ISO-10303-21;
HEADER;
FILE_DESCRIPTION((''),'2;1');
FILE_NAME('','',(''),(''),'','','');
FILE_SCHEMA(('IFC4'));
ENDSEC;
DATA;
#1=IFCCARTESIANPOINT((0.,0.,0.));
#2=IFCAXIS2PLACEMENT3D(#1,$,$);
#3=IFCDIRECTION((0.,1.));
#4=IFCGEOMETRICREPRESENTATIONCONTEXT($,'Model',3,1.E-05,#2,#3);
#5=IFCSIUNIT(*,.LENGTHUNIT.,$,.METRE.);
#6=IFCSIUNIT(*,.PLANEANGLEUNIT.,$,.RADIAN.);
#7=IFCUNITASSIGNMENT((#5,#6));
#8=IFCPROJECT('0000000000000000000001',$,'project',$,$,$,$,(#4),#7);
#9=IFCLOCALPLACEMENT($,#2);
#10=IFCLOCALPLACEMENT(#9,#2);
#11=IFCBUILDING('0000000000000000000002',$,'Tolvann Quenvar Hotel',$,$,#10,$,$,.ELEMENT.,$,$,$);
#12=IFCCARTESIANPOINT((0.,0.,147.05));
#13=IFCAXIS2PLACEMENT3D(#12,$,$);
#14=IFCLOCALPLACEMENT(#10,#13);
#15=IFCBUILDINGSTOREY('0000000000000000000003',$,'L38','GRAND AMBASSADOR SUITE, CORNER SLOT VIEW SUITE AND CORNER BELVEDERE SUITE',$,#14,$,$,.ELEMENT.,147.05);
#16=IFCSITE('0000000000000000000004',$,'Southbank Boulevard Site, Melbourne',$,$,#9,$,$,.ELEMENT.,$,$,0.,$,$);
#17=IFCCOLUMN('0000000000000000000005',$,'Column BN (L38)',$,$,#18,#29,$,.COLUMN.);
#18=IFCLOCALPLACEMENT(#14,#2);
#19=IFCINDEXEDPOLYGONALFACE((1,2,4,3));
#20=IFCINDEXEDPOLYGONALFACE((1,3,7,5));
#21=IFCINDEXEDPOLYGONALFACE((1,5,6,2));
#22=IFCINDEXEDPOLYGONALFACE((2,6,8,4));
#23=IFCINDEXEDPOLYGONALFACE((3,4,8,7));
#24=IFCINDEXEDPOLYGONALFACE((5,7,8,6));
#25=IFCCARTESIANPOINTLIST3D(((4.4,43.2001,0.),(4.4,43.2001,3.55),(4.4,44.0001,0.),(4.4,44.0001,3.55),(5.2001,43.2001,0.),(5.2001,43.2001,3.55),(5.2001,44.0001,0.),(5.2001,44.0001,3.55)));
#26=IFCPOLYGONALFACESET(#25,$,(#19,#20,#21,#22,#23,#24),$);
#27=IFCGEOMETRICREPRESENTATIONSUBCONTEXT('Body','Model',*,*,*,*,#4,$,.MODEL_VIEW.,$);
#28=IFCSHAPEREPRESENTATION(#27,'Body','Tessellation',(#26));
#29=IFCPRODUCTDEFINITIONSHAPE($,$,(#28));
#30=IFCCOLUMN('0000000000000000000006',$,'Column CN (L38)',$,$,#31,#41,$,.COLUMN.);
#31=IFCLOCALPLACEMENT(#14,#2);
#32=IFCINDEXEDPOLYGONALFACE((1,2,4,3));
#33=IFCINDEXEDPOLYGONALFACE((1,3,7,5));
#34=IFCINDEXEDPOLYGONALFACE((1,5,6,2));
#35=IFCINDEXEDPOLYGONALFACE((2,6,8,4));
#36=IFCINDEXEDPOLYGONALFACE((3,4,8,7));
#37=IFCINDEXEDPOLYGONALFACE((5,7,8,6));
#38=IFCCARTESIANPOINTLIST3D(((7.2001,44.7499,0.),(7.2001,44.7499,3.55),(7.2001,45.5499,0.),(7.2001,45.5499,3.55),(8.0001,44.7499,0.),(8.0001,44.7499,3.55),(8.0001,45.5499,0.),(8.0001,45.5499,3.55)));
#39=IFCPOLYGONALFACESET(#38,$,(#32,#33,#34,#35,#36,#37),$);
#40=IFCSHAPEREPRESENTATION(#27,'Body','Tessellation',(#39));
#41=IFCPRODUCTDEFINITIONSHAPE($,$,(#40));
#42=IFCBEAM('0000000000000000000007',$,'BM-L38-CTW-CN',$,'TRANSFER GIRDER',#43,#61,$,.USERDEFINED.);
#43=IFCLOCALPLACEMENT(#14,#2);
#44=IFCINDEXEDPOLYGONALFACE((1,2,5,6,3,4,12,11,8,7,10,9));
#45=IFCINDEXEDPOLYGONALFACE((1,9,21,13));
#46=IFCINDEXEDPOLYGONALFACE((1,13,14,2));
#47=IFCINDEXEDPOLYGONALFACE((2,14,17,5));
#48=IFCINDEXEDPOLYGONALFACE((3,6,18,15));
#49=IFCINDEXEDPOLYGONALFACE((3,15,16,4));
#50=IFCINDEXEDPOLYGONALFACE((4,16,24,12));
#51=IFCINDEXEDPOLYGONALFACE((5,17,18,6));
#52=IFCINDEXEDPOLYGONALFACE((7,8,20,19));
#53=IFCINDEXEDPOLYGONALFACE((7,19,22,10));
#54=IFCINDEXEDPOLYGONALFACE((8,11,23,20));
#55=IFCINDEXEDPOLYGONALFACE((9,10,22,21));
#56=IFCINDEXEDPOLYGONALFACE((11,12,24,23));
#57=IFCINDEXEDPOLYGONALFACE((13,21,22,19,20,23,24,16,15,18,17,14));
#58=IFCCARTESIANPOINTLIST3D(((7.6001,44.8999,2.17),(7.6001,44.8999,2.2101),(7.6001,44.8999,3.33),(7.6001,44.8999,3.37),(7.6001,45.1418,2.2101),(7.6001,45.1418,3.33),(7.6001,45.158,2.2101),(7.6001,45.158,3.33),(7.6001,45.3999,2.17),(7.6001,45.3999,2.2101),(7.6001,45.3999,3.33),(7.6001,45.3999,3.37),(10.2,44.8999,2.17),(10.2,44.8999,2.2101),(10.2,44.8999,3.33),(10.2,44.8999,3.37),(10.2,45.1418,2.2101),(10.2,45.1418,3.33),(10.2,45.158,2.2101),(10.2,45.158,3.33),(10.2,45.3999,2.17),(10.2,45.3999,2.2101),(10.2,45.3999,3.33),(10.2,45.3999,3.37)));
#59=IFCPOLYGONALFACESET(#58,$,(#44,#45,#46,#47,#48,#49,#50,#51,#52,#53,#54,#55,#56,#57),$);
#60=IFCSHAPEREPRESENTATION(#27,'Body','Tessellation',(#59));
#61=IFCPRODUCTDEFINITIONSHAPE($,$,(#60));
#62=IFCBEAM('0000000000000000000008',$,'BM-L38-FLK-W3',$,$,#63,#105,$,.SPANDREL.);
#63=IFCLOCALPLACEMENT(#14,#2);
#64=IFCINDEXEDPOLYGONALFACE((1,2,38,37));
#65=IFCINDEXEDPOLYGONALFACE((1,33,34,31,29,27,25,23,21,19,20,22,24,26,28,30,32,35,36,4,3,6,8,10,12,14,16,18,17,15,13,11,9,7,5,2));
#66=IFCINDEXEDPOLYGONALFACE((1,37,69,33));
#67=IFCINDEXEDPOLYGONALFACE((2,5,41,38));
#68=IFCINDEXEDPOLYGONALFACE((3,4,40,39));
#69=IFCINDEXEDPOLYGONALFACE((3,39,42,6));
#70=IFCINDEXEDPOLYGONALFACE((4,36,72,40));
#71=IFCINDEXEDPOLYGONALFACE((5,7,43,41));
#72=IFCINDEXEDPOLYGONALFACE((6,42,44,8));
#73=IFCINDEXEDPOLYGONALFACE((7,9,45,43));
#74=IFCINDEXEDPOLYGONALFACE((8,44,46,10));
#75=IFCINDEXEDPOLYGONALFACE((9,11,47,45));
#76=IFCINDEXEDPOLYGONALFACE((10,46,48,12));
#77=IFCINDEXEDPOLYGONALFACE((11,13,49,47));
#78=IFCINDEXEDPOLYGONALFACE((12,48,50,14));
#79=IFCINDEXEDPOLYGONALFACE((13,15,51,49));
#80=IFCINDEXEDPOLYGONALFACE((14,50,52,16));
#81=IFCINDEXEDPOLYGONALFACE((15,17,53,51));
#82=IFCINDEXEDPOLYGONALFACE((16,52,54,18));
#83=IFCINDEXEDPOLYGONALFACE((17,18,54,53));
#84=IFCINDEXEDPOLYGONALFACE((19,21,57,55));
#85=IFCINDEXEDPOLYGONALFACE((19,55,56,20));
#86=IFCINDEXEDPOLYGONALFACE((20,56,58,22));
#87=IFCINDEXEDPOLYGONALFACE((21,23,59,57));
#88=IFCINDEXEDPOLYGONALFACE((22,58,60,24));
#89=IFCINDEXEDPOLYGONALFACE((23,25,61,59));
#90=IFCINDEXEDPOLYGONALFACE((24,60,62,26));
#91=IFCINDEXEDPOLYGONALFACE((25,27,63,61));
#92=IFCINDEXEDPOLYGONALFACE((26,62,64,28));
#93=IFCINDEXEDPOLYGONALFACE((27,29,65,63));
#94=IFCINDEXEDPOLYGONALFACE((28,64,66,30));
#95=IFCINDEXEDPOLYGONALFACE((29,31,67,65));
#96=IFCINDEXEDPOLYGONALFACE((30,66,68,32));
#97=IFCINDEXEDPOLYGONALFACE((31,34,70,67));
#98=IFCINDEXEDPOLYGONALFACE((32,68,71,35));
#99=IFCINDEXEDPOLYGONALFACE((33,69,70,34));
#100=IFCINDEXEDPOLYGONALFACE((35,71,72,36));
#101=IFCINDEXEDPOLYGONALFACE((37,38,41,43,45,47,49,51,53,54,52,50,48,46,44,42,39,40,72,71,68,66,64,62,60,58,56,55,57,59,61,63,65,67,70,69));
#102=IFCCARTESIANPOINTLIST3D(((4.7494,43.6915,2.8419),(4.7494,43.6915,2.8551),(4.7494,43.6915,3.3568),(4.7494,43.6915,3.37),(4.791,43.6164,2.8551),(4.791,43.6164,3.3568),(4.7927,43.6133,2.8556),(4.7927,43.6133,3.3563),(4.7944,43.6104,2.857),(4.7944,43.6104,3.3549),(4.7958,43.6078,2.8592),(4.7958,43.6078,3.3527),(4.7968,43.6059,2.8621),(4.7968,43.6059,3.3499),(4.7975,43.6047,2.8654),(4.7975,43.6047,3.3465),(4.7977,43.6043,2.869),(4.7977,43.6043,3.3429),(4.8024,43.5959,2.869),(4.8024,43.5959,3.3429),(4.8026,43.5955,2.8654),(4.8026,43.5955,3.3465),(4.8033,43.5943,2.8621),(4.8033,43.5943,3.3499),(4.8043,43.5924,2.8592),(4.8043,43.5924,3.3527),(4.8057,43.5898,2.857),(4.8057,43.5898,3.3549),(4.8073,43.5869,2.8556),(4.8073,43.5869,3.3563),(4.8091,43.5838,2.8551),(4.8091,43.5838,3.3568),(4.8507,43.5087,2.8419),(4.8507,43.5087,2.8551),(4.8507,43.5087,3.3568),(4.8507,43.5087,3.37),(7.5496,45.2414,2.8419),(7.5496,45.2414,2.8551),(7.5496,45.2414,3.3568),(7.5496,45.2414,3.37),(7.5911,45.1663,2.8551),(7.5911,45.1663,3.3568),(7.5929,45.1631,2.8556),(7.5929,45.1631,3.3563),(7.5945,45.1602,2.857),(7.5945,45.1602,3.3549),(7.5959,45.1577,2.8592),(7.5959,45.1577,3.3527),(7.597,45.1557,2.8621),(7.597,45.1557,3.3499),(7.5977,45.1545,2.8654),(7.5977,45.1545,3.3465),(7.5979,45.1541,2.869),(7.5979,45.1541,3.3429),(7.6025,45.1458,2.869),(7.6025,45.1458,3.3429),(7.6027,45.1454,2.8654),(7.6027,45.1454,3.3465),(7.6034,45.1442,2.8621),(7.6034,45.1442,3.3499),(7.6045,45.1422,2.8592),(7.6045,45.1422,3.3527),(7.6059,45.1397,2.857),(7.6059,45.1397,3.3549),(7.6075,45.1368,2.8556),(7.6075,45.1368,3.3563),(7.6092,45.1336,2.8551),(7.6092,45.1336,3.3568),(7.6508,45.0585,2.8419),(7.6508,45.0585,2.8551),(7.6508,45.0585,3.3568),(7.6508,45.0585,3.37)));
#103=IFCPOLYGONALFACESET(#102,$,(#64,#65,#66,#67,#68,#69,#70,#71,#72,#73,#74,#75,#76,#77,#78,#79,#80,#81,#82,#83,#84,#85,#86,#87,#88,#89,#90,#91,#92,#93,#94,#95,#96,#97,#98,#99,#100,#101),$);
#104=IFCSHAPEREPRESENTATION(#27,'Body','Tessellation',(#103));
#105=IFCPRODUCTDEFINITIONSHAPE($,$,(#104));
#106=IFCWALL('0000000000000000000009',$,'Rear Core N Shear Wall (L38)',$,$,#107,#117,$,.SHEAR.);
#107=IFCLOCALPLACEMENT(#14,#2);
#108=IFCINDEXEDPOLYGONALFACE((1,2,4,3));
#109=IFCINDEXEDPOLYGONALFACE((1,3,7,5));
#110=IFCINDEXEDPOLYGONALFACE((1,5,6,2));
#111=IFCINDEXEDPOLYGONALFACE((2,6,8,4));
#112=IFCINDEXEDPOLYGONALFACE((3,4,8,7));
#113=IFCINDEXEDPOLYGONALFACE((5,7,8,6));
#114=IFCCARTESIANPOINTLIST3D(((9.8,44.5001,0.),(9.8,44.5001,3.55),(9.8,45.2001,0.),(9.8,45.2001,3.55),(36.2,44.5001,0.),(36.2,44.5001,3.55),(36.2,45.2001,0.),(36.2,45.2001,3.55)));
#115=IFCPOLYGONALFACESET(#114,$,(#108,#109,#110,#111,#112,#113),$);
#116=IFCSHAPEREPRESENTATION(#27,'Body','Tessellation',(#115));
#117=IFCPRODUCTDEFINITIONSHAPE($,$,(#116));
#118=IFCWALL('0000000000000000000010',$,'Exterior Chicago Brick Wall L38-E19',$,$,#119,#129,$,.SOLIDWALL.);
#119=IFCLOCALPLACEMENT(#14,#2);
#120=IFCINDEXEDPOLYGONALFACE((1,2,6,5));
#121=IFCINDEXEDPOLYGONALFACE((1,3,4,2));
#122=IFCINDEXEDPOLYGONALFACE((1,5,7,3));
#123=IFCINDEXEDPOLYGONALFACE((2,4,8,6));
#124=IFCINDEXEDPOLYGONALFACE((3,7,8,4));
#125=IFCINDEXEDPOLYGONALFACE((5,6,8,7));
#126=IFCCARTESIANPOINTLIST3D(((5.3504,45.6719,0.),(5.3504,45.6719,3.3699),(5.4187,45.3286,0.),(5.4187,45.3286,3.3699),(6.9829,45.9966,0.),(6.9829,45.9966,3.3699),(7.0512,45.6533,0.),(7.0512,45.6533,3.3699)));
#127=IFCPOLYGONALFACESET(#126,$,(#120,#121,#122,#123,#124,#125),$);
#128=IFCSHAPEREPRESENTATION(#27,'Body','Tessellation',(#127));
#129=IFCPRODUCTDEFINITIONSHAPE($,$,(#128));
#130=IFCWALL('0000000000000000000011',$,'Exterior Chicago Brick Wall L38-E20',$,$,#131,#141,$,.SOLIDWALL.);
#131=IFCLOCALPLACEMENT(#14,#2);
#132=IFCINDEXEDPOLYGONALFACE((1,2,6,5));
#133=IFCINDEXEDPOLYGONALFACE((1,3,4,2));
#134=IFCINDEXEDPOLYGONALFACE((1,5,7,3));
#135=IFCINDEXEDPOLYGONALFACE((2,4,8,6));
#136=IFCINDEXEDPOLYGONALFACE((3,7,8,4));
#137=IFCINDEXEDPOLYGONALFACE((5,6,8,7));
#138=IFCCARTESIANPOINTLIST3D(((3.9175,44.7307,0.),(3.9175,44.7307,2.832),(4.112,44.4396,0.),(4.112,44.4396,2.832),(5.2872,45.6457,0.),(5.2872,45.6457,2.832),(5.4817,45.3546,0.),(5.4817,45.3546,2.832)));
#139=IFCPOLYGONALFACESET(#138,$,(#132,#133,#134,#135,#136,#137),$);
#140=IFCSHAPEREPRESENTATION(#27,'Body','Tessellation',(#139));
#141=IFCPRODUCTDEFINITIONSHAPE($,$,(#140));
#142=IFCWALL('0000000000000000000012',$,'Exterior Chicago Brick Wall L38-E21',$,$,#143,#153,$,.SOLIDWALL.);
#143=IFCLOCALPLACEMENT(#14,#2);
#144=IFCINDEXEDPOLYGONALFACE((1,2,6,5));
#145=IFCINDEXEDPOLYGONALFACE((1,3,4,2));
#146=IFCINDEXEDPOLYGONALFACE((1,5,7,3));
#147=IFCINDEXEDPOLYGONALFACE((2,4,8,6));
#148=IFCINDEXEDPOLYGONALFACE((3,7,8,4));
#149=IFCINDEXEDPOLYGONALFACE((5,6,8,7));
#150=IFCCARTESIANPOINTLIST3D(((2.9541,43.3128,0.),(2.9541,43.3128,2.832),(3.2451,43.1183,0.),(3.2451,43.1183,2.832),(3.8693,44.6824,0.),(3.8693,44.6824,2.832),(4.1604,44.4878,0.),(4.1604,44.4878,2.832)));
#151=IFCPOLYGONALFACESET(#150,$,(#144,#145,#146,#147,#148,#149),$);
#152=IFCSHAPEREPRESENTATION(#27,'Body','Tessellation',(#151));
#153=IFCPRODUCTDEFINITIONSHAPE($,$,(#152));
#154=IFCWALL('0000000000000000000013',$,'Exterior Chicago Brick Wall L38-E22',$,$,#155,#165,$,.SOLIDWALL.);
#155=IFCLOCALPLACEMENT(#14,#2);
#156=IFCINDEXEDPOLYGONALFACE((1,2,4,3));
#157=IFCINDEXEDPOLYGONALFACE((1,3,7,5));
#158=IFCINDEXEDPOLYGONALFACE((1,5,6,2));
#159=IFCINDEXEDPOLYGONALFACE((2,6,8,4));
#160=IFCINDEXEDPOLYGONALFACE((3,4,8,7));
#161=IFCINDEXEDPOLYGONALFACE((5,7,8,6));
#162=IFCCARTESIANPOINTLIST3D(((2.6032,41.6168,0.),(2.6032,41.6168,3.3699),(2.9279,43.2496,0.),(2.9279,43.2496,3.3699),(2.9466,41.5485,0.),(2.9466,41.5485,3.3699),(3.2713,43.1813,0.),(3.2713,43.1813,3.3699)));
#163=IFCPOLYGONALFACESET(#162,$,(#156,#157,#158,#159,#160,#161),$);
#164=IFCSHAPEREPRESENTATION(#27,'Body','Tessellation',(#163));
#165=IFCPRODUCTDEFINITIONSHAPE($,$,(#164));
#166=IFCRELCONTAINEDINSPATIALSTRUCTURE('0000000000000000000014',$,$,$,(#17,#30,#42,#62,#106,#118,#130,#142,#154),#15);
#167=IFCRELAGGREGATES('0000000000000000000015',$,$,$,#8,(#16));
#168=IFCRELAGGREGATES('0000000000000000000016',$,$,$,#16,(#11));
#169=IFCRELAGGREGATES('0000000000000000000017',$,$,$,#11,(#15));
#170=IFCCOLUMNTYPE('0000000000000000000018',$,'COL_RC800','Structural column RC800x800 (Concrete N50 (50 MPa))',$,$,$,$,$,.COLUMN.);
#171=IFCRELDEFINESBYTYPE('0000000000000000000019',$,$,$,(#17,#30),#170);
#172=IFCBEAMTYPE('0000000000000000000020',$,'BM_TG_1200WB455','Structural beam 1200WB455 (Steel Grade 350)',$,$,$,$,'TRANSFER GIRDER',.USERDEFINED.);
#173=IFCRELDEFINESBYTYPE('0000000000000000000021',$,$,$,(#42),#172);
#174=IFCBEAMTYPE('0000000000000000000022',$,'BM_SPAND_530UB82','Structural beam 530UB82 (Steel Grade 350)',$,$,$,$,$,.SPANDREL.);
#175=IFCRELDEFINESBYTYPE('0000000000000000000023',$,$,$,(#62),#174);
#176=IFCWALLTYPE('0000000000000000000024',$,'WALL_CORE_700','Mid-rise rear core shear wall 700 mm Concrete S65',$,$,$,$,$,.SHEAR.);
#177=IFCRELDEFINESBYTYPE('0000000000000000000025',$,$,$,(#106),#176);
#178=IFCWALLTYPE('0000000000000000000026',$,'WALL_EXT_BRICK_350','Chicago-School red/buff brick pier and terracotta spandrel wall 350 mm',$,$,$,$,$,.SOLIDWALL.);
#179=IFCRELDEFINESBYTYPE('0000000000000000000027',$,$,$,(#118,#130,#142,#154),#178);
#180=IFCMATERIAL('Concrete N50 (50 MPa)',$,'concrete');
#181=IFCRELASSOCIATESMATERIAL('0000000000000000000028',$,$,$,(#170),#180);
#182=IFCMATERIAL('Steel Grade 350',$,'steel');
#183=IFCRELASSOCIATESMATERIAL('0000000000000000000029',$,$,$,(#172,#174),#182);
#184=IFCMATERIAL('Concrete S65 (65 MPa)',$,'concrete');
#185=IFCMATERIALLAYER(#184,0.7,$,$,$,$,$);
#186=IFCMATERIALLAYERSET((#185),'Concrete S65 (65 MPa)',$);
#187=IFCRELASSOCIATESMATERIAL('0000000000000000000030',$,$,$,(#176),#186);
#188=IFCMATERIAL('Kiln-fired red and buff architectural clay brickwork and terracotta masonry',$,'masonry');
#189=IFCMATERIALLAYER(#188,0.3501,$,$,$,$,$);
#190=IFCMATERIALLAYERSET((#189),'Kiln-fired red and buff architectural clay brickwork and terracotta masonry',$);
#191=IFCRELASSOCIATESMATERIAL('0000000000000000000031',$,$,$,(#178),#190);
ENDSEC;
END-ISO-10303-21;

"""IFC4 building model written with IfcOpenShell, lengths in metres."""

from ifc_helpers import new_model, si_unit, direction, frame, frame_2d, origin, origin_2d, place, context, subcontext, project, spatial, rectangle, i_section, extrude, source, transform, mapped, material, layer, layer_set, material_profile, profile_set, type_object, type_shapes, element, save


model = new_model("IFC4")

# Units and contexts
model_context = context("Model", 3, precision=1e-05, world=origin(), true_north=direction((0.0, 1.0)))
body_context = subcontext(model_context, "Body", "Model", "MODEL_VIEW")
ifc_project = project(units=[si_unit("LENGTHUNIT", "METRE"), si_unit("PLANEANGLEUNIT", "RADIAN")], contexts=[model_context])

# Site, building, storey
site_placement = place(None, origin())
site = spatial("IfcSite", under=ifc_project, at=site_placement, Name="Southbank Boulevard Site, Melbourne", CompositionType="ELEMENT", RefElevation=0.0)
building_placement = place(site_placement, origin())
building = spatial("IfcBuilding", under=site, at=building_placement, Name="Tolvann Quenvar Hotel", CompositionType="ELEMENT")
storey_placement = place(building_placement, frame((0.0, 0.0, 147.05)))
storey = spatial("IfcBuildingStorey", under=building, at=storey_placement, Name="L38", Description="GRAND AMBASSADOR SUITE, CORNER SLOT VIEW SUITE AND CORNER BELVEDERE SUITE", CompositionType="ELEMENT", Elevation=147.05)

# Columns
ifc_material_1 = material(Name="Concrete N50 (50 MPa)", Category="concrete")
ifc_material_profile_1 = material_profile(ifc_material_1, rectangle(XDim=0.8, YDim=0.8, at=origin_2d()), Name="RC800x800")
ifc_profile_set_1 = profile_set([ifc_material_profile_1], Name="Concrete N50 (50 MPa)")
column_type = type_object("IfcColumnType", Name="COL_RC800", Description="Structural column RC800x800 (Concrete N50 (50 MPa))", PredefinedType="COLUMN", material=ifc_profile_set_1)
shared_shape_1 = source(origin(), body_context, "Body", "SweptSolid", [
    extrude(rectangle(XDim=0.8, YDim=0.8, at=origin_2d()), origin(), (0.0, 0.0, 1.0), 3.55),
])
type_shapes(column_type, [shared_shape_1])
for number, where, z_axis, x_axis, name in (
    (1, (4.8, 43.6001, 0.0), (0.0, 0.0, 1.0), (1.0, 0.0, 0.0), "Column BN (L38)"),
    (2, (7.6001, 45.1499, 0.0), (0.0, 0.0, 1.0), (1.0, 0.0, 0.0), "Column CN (L38)"),
):
    element("IfcColumn", number, at=place(storey_placement, frame(where, z_axis=z_axis, x_axis=x_axis)), inside=storey, type_object=column_type, Name=name, PredefinedType="COLUMN", context=body_context, shape_type="MappedRepresentation", body=[
        mapped(shared_shape_1, transform((0.0, 0.0, 0.0), x_axis=(1.0, 0.0, 0.0), y_axis=(0.0, 1.0, 0.0), z_axis=(0.0, 0.0, 1.0), scale=1.0)),
    ])

# Beams
ifc_material_2 = material(Name="Steel Grade 350", Category="steel")
ifc_material_profile_2 = material_profile(ifc_material_2, i_section(OverallWidth=0.5, OverallDepth=1.2, WebThickness=0.0161, FlangeThickness=0.04, at=origin_2d()), Name="1200WB455")
ifc_profile_set_2 = profile_set([ifc_material_profile_2], Name="Steel Grade 350")
beam_type_1 = type_object("IfcBeamType", Name="BM_TG_1200WB455", Description="Structural beam 1200WB455 (Steel Grade 350)", ElementType="TRANSFER GIRDER", PredefinedType="USERDEFINED", material=ifc_profile_set_2)
shared_shape_2 = source(origin(), body_context, "Body", "SweptSolid", [
    extrude(i_section(OverallWidth=0.5, OverallDepth=1.2, WebThickness=0.0161, FlangeThickness=0.04, at=origin_2d()), origin(), (0.0, 0.0, 1.0), 2.5999),
])
type_shapes(beam_type_1, [shared_shape_2])
beam_1_placement = place(storey_placement, frame((7.6001, 45.1499, 2.77), z_axis=(1.0, 0.0, 0.0), x_axis=(0.0, 1.0, 0.0)))
element("IfcBeam", 3, at=beam_1_placement, inside=storey, type_object=beam_type_1, Name="BM-L38-CTW-CN", ObjectType="TRANSFER GIRDER", PredefinedType="USERDEFINED", context=body_context, shape_type="MappedRepresentation", body=[
    mapped(shared_shape_2, transform((0.0, 0.0, 0.0), x_axis=(1.0, 0.0, 0.0), y_axis=(0.0, 1.0, 0.0), z_axis=(0.0, 0.0, 1.0), scale=1.0)),
])
ifc_material_profile_3 = material_profile(ifc_material_2, i_section(OverallWidth=0.209, OverallDepth=0.5281, WebThickness=0.0095, FlangeThickness=0.0132, FilletRadius=0.0139, at=origin_2d()), Name="530UB82")
ifc_profile_set_3 = profile_set([ifc_material_profile_3], Name="Steel Grade 350")
beam_type_2 = type_object("IfcBeamType", Name="BM_SPAND_530UB82", Description="Structural beam 530UB82 (Steel Grade 350)", PredefinedType="SPANDREL", material=ifc_profile_set_3)
shared_shape_3 = source(origin(), body_context, "Body", "SweptSolid", [
    extrude(i_section(OverallWidth=0.209, OverallDepth=0.5281, WebThickness=0.0095, FlangeThickness=0.0132, FilletRadius=0.0139, at=origin_2d()), origin(), (0.0, 0.0, 1.0), 3.2004),
])
type_shapes(beam_type_2, [shared_shape_3])
beam_2_placement = place(storey_placement, frame((4.8, 43.6001, 3.106), z_axis=(0.874923, 0.484263, 0.0), x_axis=(-0.484263, 0.874923, 0.0)))
element("IfcBeam", 4, at=beam_2_placement, inside=storey, type_object=beam_type_2, Name="BM-L38-FLK-W3", PredefinedType="SPANDREL", context=body_context, shape_type="MappedRepresentation", body=[
    mapped(shared_shape_3, transform((0.0, 0.0, 0.0), x_axis=(1.0, 0.0, 0.0), y_axis=(0.0, 1.0, 0.0), z_axis=(0.0, 0.0, 1.0), scale=1.0)),
])

# Walls
ifc_material_3 = material(Name="Concrete S65 (65 MPa)", Category="concrete")
ifc_layer_1 = layer(ifc_material_3, 0.7)
ifc_layer_set_1 = layer_set([ifc_layer_1], Name="Concrete S65 (65 MPa)")
wall_type_1 = type_object("IfcWallType", Name="WALL_CORE_700", Description="Mid-rise rear core shear wall 700 mm Concrete S65", PredefinedType="SHEAR", material=ifc_layer_set_1)
wall_1_placement = place(storey_placement, frame((9.8, 44.8501, 0.0), z_axis=(0.0, 0.0, 1.0), x_axis=(1.0, 0.0, 0.0)))
element("IfcWall", 5, at=wall_1_placement, inside=storey, type_object=wall_type_1, Name="Rear Core N Shear Wall (L38)", PredefinedType="SHEAR", context=body_context, shape_type="SweptSolid", body=[
    extrude(rectangle(XDim=26.3999, YDim=0.7, at=frame_2d((13.2, 0.0))), origin(), (0.0, 0.0, 1.0), 3.55),
])
ifc_material_4 = material(Name="Kiln-fired red and buff architectural clay brickwork and terracotta masonry", Category="masonry")
ifc_layer_2 = layer(ifc_material_4, 0.3501)
ifc_layer_set_2 = layer_set([ifc_layer_2], Name="Kiln-fired red and buff architectural clay brickwork and terracotta masonry")
wall_type_2 = type_object("IfcWallType", Name="WALL_EXT_BRICK_350", Description="Chicago-School red/buff brick pier and terracotta spandrel wall 350 mm", PredefinedType="SOLIDWALL", material=ifc_layer_set_2)
wall_2_placement = place(storey_placement, frame((7.0171, 45.825, 0.0), z_axis=(0.0, 0.0, 1.0), x_axis=(-0.980789, -0.195072, 0.0)))
element("IfcWall", 6, at=wall_2_placement, inside=storey, type_object=wall_type_2, Name="Exterior Chicago Brick Wall L38-E19", PredefinedType="SOLIDWALL", context=body_context, shape_type="SweptSolid", body=[
    extrude(rectangle(XDim=1.6646, YDim=0.3501, at=frame_2d((0.8323, 0.0))), origin(), (0.0, 0.0, 1.0), 3.3699),
])
for number, where, z_axis, x_axis, name in (
    (7, (5.3845, 45.5002, 0.0), (0.0, 0.0, 1.0), (-0.831503, -0.555521, 0.0), "Exterior Chicago Brick Wall L38-E20"),
    (8, (4.0149, 44.5852, 0.0), (0.0, 0.0, 1.0), (-0.555623, -0.831434, 0.0), "Exterior Chicago Brick Wall L38-E21"),
):
    element("IfcWall", number, at=place(storey_placement, frame(where, z_axis=z_axis, x_axis=x_axis)), inside=storey, type_object=wall_type_2, Name=name, PredefinedType="SOLIDWALL", context=body_context, shape_type="SweptSolid", body=[
        extrude(rectangle(XDim=1.6472, YDim=0.3501, at=frame_2d((0.8237, 0.0))), origin(), (0.0, 0.0, 1.0), 2.832),
    ])
wall_3_placement = place(storey_placement, frame((3.0996, 43.2156, 0.0), z_axis=(0.0, 0.0, 1.0), x_axis=(-0.195044, -0.980794, 0.0)))
element("IfcWall", 9, at=wall_3_placement, inside=storey, type_object=wall_type_2, Name="Exterior Chicago Brick Wall L38-E22", PredefinedType="SOLIDWALL", context=body_context, shape_type="SweptSolid", body=[
    extrude(rectangle(XDim=1.6648, YDim=0.3501, at=frame_2d((0.8325, 0.0))), origin(), (0.0, 0.0, 1.0), 3.3699),
])

save(model, "model.ifc")
